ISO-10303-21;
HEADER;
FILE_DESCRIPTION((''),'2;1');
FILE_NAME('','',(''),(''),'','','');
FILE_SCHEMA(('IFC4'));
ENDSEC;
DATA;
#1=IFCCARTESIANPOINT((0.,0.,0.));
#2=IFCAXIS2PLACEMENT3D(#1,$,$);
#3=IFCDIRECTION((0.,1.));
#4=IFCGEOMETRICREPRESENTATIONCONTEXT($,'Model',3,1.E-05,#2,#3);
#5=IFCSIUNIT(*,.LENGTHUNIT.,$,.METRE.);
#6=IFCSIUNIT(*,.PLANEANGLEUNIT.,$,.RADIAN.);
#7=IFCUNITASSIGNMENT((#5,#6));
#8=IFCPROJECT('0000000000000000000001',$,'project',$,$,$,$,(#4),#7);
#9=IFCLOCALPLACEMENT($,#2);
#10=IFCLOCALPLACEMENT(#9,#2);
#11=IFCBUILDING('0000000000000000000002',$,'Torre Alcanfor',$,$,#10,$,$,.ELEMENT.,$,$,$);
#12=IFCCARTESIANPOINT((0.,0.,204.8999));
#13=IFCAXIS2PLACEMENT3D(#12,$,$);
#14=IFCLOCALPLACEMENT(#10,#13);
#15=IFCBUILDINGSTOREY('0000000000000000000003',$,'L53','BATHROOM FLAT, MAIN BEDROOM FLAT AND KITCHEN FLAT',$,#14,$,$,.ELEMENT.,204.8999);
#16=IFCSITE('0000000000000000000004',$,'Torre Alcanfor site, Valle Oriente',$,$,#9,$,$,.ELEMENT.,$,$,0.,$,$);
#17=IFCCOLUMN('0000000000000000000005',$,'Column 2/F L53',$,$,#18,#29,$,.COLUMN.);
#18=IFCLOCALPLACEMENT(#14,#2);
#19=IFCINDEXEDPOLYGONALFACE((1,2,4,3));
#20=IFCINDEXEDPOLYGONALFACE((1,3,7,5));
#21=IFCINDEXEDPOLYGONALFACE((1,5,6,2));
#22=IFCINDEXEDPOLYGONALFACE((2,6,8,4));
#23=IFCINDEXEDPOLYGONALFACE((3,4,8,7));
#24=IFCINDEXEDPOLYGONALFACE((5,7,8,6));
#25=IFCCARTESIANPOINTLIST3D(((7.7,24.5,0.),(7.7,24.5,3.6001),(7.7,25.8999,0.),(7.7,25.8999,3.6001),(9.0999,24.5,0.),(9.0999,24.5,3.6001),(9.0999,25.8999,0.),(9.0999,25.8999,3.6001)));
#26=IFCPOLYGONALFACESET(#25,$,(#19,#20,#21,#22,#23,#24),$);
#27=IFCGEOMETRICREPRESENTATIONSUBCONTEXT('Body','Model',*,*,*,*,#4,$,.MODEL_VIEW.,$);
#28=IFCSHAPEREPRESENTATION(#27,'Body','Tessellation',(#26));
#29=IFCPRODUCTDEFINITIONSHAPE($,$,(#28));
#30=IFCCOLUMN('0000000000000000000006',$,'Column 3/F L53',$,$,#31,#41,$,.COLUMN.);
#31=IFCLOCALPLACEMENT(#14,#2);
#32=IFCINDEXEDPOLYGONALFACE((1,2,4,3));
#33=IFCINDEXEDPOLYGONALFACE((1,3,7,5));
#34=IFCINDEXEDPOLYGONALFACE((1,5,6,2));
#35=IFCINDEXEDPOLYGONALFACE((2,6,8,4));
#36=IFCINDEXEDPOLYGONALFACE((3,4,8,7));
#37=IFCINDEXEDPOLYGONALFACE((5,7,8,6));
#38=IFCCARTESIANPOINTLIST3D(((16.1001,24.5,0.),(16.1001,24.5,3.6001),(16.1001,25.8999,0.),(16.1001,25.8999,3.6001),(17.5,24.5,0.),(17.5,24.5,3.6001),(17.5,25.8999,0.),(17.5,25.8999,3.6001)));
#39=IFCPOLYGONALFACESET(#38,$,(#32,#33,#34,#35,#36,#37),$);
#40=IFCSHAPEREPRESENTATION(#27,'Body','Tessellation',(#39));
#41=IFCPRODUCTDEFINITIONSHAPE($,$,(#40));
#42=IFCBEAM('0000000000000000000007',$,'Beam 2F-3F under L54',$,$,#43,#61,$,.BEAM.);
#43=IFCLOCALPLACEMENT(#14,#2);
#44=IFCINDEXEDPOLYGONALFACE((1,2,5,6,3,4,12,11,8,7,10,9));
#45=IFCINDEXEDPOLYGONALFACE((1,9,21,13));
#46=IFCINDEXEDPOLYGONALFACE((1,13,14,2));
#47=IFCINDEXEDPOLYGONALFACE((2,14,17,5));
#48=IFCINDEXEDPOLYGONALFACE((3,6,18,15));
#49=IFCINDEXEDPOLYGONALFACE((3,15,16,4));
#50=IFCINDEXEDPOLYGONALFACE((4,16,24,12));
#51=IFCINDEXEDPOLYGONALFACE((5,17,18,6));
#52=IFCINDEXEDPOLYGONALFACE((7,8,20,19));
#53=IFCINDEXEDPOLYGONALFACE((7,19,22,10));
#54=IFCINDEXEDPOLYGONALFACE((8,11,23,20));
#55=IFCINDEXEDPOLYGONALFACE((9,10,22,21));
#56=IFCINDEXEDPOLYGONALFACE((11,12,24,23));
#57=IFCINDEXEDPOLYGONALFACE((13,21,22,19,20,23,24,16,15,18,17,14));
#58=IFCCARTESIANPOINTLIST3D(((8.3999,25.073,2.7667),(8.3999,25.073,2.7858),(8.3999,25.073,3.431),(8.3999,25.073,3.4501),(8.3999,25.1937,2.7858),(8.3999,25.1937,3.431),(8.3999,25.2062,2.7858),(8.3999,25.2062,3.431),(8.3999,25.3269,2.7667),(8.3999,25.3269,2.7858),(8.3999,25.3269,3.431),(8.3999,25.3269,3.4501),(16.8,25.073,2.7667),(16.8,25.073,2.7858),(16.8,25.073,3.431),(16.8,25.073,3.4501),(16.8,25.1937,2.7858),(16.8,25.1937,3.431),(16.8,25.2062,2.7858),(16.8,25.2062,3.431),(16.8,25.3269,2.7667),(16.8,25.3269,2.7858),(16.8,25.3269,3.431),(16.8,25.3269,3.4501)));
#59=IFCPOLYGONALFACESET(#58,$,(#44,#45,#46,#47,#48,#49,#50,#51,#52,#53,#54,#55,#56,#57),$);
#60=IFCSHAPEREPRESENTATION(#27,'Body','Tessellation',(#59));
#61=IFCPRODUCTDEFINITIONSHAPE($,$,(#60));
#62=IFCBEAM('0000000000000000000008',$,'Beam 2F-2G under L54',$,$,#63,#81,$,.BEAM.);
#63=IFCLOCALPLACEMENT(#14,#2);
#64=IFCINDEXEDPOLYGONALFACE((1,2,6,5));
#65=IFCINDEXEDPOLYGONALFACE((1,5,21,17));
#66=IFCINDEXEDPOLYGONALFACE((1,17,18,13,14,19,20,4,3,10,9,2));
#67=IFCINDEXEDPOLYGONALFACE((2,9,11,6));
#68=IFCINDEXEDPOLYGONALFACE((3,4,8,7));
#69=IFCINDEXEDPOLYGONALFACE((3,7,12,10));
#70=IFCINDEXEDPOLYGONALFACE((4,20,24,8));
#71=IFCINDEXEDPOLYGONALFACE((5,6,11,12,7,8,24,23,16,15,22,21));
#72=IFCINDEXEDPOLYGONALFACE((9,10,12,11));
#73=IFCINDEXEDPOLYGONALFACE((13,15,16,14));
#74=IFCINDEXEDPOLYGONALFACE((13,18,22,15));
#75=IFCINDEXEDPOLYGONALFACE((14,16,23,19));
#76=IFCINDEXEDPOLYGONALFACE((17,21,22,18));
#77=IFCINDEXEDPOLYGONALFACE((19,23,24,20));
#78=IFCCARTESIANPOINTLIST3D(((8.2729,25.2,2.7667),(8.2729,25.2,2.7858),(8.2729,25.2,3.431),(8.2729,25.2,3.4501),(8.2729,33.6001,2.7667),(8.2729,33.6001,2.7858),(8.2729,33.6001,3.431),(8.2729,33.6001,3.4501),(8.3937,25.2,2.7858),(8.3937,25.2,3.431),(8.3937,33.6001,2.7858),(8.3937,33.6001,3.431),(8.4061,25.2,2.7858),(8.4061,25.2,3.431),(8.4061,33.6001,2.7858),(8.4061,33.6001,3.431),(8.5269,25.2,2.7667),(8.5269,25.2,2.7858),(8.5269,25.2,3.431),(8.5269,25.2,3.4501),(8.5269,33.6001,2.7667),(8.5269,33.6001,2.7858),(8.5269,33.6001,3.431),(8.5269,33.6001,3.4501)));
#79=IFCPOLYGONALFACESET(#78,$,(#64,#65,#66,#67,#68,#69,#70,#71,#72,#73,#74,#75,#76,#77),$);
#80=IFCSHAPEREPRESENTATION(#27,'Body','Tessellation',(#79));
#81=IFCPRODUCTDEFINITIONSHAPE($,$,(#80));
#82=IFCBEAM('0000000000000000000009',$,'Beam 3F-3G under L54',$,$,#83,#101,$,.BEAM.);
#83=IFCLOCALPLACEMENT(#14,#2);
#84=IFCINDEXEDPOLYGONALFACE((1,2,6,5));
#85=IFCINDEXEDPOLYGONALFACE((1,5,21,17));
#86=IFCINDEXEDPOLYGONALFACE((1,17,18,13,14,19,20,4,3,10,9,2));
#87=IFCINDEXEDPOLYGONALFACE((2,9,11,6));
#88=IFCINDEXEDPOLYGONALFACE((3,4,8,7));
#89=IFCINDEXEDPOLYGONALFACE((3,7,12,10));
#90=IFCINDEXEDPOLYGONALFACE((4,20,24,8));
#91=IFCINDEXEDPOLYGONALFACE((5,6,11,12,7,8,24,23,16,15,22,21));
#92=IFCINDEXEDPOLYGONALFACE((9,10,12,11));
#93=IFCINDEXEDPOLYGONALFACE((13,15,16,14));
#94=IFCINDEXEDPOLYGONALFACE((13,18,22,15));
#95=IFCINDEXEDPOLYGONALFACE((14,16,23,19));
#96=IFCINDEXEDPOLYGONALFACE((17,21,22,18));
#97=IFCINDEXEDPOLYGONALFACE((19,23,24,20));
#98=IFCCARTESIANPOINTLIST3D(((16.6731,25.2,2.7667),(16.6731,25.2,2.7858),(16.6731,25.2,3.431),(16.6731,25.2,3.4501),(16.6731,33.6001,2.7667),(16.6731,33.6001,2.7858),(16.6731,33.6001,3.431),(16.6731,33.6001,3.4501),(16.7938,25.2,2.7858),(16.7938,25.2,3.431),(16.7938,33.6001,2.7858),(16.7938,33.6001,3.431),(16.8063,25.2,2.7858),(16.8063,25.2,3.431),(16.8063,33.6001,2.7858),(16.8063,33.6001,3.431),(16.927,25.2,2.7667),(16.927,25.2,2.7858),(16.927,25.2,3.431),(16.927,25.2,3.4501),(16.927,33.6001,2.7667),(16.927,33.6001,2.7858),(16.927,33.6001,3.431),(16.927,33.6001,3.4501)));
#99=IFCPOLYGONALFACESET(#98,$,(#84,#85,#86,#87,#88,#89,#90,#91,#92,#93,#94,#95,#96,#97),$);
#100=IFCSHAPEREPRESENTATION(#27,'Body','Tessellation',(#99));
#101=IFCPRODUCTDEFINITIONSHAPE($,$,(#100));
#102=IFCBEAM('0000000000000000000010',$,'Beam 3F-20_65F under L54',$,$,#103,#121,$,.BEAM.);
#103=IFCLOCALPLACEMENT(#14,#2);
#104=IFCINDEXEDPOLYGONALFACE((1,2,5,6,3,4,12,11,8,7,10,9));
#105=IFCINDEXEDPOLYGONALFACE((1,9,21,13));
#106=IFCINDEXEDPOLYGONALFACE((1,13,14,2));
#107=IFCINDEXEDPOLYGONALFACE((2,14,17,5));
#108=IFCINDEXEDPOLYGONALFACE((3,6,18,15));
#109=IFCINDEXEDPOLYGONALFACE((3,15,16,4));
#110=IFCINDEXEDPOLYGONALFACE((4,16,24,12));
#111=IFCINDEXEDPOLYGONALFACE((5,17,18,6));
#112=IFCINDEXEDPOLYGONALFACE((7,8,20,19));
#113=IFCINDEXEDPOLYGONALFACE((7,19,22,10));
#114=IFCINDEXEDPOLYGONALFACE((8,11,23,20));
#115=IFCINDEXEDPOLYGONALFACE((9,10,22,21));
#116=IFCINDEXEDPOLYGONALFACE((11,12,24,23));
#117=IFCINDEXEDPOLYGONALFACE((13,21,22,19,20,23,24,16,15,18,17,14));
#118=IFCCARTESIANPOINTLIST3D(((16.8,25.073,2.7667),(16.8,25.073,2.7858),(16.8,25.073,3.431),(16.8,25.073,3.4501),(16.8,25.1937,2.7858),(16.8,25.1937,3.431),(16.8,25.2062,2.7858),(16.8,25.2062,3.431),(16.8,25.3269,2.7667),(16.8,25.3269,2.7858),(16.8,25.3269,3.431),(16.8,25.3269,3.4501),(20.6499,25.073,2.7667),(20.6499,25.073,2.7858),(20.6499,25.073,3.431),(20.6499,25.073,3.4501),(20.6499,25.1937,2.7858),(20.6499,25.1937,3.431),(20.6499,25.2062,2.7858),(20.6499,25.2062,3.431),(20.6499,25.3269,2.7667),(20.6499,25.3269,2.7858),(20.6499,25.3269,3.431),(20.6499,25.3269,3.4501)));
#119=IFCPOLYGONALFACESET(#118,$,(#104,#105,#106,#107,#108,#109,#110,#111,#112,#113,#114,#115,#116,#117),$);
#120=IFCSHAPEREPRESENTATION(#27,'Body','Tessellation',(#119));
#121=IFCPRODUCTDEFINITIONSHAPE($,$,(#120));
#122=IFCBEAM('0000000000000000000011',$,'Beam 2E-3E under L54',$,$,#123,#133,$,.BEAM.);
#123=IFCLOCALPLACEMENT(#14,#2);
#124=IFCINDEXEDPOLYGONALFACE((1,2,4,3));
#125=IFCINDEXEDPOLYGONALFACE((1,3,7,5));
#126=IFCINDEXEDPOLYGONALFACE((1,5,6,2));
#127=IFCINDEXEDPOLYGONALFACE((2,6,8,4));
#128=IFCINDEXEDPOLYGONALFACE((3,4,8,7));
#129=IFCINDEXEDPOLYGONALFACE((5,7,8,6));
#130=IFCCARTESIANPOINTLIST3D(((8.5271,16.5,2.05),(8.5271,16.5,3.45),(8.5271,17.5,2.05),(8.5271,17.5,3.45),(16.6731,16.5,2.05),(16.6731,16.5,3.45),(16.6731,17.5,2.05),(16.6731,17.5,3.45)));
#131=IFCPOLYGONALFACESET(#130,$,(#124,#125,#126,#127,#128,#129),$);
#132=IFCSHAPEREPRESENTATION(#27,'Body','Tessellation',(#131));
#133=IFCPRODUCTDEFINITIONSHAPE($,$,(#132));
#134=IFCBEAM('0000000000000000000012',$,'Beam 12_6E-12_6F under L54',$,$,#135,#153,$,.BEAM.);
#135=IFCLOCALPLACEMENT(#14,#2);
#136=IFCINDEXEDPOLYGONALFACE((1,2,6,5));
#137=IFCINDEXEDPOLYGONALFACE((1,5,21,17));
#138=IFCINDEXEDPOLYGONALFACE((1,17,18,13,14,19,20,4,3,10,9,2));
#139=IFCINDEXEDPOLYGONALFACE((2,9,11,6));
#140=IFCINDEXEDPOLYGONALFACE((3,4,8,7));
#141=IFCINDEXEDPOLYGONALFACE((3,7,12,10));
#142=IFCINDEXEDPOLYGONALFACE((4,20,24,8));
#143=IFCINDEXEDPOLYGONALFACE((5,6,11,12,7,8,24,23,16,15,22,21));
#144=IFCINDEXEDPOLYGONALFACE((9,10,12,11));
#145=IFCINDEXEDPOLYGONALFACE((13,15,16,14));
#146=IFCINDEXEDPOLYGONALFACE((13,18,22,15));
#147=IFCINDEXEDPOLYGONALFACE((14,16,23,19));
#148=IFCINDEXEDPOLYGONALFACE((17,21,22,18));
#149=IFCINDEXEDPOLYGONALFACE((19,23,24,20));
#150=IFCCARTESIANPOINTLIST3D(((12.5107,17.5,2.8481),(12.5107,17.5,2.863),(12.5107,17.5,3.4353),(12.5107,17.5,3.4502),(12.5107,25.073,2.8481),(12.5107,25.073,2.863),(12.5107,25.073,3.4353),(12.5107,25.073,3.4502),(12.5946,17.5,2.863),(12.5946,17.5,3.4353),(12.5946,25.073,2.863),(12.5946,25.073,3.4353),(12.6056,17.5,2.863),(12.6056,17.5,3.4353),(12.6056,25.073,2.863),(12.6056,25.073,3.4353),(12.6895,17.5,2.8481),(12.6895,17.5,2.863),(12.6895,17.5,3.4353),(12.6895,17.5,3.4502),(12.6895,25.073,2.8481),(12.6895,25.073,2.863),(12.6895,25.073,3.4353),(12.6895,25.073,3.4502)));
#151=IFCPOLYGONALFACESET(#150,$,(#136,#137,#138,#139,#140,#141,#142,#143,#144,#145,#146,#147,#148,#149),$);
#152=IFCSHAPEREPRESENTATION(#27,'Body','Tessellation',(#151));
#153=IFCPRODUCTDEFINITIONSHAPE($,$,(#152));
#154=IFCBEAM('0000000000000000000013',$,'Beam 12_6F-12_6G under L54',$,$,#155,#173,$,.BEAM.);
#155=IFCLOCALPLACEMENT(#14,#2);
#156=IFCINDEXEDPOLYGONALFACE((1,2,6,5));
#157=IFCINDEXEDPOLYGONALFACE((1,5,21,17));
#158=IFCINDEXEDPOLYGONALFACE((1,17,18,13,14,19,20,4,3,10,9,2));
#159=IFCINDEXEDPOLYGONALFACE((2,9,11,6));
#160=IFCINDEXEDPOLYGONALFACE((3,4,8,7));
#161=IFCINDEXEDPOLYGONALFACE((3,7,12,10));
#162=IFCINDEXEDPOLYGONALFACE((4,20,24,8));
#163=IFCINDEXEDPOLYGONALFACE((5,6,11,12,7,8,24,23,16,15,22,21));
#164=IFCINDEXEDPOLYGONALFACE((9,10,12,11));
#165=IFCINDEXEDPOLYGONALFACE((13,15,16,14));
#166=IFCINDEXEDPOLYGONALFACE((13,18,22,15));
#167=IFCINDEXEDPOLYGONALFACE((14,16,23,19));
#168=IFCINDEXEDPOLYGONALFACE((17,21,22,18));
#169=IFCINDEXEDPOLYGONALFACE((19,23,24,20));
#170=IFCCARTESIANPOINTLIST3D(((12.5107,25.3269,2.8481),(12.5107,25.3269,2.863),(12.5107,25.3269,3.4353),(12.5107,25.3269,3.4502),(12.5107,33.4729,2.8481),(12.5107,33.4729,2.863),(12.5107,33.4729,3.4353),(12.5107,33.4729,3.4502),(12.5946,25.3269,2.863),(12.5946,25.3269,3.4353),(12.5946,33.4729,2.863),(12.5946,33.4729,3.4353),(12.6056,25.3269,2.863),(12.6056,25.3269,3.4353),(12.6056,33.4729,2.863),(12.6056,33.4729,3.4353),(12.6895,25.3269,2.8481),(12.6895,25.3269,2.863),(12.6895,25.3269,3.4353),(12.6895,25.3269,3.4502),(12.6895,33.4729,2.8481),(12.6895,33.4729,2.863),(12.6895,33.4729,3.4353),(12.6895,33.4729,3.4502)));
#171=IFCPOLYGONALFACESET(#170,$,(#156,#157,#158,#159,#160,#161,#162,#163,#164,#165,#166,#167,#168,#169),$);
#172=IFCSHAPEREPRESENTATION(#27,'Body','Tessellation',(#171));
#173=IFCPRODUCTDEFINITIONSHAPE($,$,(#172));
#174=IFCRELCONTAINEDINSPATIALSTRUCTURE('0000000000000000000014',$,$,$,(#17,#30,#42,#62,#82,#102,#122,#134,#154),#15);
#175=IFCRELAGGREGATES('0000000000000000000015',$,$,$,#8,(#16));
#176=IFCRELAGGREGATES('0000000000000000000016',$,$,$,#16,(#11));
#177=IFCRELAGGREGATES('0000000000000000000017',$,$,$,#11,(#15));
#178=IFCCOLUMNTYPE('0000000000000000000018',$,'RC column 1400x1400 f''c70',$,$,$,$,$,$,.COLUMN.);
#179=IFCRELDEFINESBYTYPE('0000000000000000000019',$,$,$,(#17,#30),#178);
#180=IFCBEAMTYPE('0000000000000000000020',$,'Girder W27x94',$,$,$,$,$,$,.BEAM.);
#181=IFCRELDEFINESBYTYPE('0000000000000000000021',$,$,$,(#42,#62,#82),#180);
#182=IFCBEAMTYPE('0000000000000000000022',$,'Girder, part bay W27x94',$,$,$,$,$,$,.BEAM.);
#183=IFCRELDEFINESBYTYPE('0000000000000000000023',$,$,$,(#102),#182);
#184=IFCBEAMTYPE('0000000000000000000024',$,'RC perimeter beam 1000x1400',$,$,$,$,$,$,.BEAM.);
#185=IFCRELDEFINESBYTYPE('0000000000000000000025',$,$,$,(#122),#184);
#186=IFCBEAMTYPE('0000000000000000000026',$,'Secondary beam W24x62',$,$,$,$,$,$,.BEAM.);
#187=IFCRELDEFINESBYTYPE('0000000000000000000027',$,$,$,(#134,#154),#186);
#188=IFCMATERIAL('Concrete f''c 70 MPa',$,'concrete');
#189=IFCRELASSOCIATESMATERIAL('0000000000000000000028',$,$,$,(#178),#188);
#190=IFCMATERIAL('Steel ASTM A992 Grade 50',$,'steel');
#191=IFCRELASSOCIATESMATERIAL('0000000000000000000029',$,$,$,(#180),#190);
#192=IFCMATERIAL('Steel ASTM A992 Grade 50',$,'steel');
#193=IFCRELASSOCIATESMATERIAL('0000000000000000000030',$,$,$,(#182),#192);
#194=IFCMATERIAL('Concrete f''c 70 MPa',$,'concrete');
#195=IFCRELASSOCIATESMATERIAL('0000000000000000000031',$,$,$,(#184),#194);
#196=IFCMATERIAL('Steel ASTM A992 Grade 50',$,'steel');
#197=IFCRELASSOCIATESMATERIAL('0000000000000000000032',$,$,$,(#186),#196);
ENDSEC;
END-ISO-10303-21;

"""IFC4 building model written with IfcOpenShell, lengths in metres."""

from ifc_helpers import new_model, si_unit, direction, frame, origin, origin_2d, place, context, subcontext, project, spatial, rectangle, i_section, extrude, material, material_profile, profile_set, type_object, element, save


model = new_model("IFC4")

# Units and contexts
model_context = context("Model", 3, precision=1e-05, world=origin(), true_north=direction((0.0, 1.0)))
body_context = subcontext(model_context, "Body", "Model", "MODEL_VIEW")
ifc_project = project(units=[si_unit("LENGTHUNIT", "METRE"), si_unit("PLANEANGLEUNIT", "RADIAN")], contexts=[model_context])

# Site, building, storey
site_placement = place(None, origin())
site = spatial("IfcSite", under=ifc_project, at=site_placement, Name="Torre Alcanfor site, Valle Oriente", CompositionType="ELEMENT", RefElevation=0.0)
building_placement = place(site_placement, origin())
building = spatial("IfcBuilding", under=site, at=building_placement, Name="Torre Alcanfor", CompositionType="ELEMENT")
storey_placement = place(building_placement, frame((0.0, 0.0, 204.8999)))
storey = spatial("IfcBuildingStorey", under=building, at=storey_placement, Name="L53", Description="BATHROOM FLAT, MAIN BEDROOM FLAT AND KITCHEN FLAT", CompositionType="ELEMENT", Elevation=204.8999)

# Columns
ifc_material_1 = material(Name="Concrete f'c 70 MPa", Category="concrete")
ifc_material_profile_1 = material_profile(ifc_material_1, rectangle(XDim=1.3999, YDim=1.3999, at=origin_2d()), Name="1400x1400")
ifc_profile_set_1 = profile_set([ifc_material_profile_1], Name="Concrete f'c 70 MPa")
column_type = type_object("IfcColumnType", Name="RC column 1400x1400 f'c70", PredefinedType="COLUMN", material=ifc_profile_set_1)
for number, where, z_axis, x_axis, name in (
    (1, (8.3999, 25.2, 0.0), (0.0, 0.0, 1.0), (1.0, 0.0, 0.0), "Column 2/F L53"),
    (2, (16.8, 25.2, 0.0), (0.0, 0.0, 1.0), (1.0, 0.0, 0.0), "Column 3/F L53"),
):
    element("IfcColumn", number, at=place(storey_placement, frame(where, z_axis=z_axis, x_axis=x_axis)), inside=storey, type_object=column_type, Name=name, PredefinedType="COLUMN", context=body_context, shape_type="SweptSolid", body=[
        extrude(rectangle(XDim=1.3999, YDim=1.3999, at=origin_2d()), origin(), (0.0, 0.0, 1.0), 3.6001),
    ])

# Beams
ifc_material_2 = material(Name="Steel ASTM A992 Grade 50", Category="steel")
ifc_material_profile_2 = material_profile(ifc_material_2, i_section(OverallWidth=0.2539, OverallDepth=0.6833, WebThickness=0.0125, FlangeThickness=0.019, at=origin_2d()), Name="W27x94")
ifc_profile_set_2 = profile_set([ifc_material_profile_2], Name="Steel ASTM A992 Grade 50")
beam_type_1 = type_object("IfcBeamType", Name="Girder W27x94", PredefinedType="BEAM", material=ifc_profile_set_2)
for number, where, z_axis, x_axis, name in (
    (3, (8.3999, 25.2, 3.1084), (1.0, 0.0, 0.0), (0.0, 1.0, 0.0), "Beam 2F-3F under L54"),
    (4, (8.3999, 25.2, 3.1084), (0.0, 1.0, 0.0), (-1.0, 0.0, 0.0), "Beam 2F-2G under L54"),
    (5, (16.8, 25.2, 3.1084), (0.0, 1.0, 0.0), (-1.0, 0.0, 0.0), "Beam 3F-3G under L54"),
):
    element("IfcBeam", number, at=place(storey_placement, frame(where, z_axis=z_axis, x_axis=x_axis)), inside=storey, type_object=beam_type_1, Name=name, PredefinedType="BEAM", context=body_context, shape_type="SweptSolid", body=[
        extrude(i_section(OverallWidth=0.2539, OverallDepth=0.6833, WebThickness=0.0125, FlangeThickness=0.019, at=origin_2d()), origin(), (0.0, 0.0, 1.0), 8.4001),
    ])
ifc_material_3 = material(Name="Steel ASTM A992 Grade 50", Category="steel")
ifc_material_profile_3 = material_profile(ifc_material_3, i_section(OverallWidth=0.2539, OverallDepth=0.6833, WebThickness=0.0125, FlangeThickness=0.019, at=origin_2d()), Name="W27x94")
ifc_profile_set_3 = profile_set([ifc_material_profile_3], Name="Steel ASTM A992 Grade 50")
beam_type_2 = type_object("IfcBeamType", Name="Girder, part bay W27x94", PredefinedType="BEAM", material=ifc_profile_set_3)
beam_1_placement = place(storey_placement, frame((16.8, 25.2, 3.1084), z_axis=(1.0, 0.0, 0.0), x_axis=(0.0, 1.0, 0.0)))
element("IfcBeam", 6, at=beam_1_placement, inside=storey, type_object=beam_type_2, Name="Beam 3F-20_65F under L54", PredefinedType="BEAM", context=body_context, shape_type="SweptSolid", body=[
    extrude(i_section(OverallWidth=0.2539, OverallDepth=0.6833, WebThickness=0.0125, FlangeThickness=0.019, at=origin_2d()), origin(), (0.0, 0.0, 1.0), 3.8499),
])
ifc_material_4 = material(Name="Concrete f'c 70 MPa", Category="concrete")
ifc_material_profile_4 = material_profile(ifc_material_4, rectangle(XDim=1.0, YDim=1.3999, at=origin_2d()), Name="1000x1400")
ifc_profile_set_4 = profile_set([ifc_material_profile_4], Name="Concrete f'c 70 MPa")
beam_type_3 = type_object("IfcBeamType", Name="RC perimeter beam 1000x1400", PredefinedType="BEAM", material=ifc_profile_set_4)
beam_2_placement = place(storey_placement, frame((8.5271, 17.0, 2.75), z_axis=(1.0, 0.0, 0.0), x_axis=(0.0, 1.0, 0.0)))
element("IfcBeam", 7, at=beam_2_placement, inside=storey, type_object=beam_type_3, Name="Beam 2E-3E under L54", PredefinedType="BEAM", context=body_context, shape_type="SweptSolid", body=[
    extrude(rectangle(XDim=1.0, YDim=1.3999, at=origin_2d()), origin(), (0.0, 0.0, 1.0), 8.146),
])
ifc_material_5 = material(Name="Steel ASTM A992 Grade 50", Category="steel")
ifc_material_profile_5 = material_profile(ifc_material_5, i_section(OverallWidth=0.1787, OverallDepth=0.6021, WebThickness=0.011, FlangeThickness=0.0149, at=origin_2d()), Name="W24x62")
ifc_profile_set_5 = profile_set([ifc_material_profile_5], Name="Steel ASTM A992 Grade 50")
beam_type_4 = type_object("IfcBeamType", Name="Secondary beam W24x62", PredefinedType="BEAM", material=ifc_profile_set_5)
beam_3_placement = place(storey_placement, frame((12.6001, 17.5, 3.1492), z_axis=(0.0, 1.0, 0.0), x_axis=(-1.0, 0.0, 0.0)))
element("IfcBeam", 8, at=beam_3_placement, inside=storey, type_object=beam_type_4, Name="Beam 12_6E-12_6F under L54", PredefinedType="BEAM", context=body_context, shape_type="SweptSolid", body=[
    extrude(i_section(OverallWidth=0.1787, OverallDepth=0.6021, WebThickness=0.011, FlangeThickness=0.0149, at=origin_2d()), origin(), (0.0, 0.0, 1.0), 7.573),
])
beam_4_placement = place(storey_placement, frame((12.6001, 25.3269, 3.1492), z_axis=(0.0, 1.0, 0.0), x_axis=(-1.0, 0.0, 0.0)))
element("IfcBeam", 9, at=beam_4_placement, inside=storey, type_object=beam_type_4, Name="Beam 12_6F-12_6G under L54", PredefinedType="BEAM", context=body_context, shape_type="SweptSolid", body=[
    extrude(i_section(OverallWidth=0.1787, OverallDepth=0.6021, WebThickness=0.011, FlangeThickness=0.0149, at=origin_2d()), origin(), (0.0, 0.0, 1.0), 8.146),
])

save(model, "model.ifc")
